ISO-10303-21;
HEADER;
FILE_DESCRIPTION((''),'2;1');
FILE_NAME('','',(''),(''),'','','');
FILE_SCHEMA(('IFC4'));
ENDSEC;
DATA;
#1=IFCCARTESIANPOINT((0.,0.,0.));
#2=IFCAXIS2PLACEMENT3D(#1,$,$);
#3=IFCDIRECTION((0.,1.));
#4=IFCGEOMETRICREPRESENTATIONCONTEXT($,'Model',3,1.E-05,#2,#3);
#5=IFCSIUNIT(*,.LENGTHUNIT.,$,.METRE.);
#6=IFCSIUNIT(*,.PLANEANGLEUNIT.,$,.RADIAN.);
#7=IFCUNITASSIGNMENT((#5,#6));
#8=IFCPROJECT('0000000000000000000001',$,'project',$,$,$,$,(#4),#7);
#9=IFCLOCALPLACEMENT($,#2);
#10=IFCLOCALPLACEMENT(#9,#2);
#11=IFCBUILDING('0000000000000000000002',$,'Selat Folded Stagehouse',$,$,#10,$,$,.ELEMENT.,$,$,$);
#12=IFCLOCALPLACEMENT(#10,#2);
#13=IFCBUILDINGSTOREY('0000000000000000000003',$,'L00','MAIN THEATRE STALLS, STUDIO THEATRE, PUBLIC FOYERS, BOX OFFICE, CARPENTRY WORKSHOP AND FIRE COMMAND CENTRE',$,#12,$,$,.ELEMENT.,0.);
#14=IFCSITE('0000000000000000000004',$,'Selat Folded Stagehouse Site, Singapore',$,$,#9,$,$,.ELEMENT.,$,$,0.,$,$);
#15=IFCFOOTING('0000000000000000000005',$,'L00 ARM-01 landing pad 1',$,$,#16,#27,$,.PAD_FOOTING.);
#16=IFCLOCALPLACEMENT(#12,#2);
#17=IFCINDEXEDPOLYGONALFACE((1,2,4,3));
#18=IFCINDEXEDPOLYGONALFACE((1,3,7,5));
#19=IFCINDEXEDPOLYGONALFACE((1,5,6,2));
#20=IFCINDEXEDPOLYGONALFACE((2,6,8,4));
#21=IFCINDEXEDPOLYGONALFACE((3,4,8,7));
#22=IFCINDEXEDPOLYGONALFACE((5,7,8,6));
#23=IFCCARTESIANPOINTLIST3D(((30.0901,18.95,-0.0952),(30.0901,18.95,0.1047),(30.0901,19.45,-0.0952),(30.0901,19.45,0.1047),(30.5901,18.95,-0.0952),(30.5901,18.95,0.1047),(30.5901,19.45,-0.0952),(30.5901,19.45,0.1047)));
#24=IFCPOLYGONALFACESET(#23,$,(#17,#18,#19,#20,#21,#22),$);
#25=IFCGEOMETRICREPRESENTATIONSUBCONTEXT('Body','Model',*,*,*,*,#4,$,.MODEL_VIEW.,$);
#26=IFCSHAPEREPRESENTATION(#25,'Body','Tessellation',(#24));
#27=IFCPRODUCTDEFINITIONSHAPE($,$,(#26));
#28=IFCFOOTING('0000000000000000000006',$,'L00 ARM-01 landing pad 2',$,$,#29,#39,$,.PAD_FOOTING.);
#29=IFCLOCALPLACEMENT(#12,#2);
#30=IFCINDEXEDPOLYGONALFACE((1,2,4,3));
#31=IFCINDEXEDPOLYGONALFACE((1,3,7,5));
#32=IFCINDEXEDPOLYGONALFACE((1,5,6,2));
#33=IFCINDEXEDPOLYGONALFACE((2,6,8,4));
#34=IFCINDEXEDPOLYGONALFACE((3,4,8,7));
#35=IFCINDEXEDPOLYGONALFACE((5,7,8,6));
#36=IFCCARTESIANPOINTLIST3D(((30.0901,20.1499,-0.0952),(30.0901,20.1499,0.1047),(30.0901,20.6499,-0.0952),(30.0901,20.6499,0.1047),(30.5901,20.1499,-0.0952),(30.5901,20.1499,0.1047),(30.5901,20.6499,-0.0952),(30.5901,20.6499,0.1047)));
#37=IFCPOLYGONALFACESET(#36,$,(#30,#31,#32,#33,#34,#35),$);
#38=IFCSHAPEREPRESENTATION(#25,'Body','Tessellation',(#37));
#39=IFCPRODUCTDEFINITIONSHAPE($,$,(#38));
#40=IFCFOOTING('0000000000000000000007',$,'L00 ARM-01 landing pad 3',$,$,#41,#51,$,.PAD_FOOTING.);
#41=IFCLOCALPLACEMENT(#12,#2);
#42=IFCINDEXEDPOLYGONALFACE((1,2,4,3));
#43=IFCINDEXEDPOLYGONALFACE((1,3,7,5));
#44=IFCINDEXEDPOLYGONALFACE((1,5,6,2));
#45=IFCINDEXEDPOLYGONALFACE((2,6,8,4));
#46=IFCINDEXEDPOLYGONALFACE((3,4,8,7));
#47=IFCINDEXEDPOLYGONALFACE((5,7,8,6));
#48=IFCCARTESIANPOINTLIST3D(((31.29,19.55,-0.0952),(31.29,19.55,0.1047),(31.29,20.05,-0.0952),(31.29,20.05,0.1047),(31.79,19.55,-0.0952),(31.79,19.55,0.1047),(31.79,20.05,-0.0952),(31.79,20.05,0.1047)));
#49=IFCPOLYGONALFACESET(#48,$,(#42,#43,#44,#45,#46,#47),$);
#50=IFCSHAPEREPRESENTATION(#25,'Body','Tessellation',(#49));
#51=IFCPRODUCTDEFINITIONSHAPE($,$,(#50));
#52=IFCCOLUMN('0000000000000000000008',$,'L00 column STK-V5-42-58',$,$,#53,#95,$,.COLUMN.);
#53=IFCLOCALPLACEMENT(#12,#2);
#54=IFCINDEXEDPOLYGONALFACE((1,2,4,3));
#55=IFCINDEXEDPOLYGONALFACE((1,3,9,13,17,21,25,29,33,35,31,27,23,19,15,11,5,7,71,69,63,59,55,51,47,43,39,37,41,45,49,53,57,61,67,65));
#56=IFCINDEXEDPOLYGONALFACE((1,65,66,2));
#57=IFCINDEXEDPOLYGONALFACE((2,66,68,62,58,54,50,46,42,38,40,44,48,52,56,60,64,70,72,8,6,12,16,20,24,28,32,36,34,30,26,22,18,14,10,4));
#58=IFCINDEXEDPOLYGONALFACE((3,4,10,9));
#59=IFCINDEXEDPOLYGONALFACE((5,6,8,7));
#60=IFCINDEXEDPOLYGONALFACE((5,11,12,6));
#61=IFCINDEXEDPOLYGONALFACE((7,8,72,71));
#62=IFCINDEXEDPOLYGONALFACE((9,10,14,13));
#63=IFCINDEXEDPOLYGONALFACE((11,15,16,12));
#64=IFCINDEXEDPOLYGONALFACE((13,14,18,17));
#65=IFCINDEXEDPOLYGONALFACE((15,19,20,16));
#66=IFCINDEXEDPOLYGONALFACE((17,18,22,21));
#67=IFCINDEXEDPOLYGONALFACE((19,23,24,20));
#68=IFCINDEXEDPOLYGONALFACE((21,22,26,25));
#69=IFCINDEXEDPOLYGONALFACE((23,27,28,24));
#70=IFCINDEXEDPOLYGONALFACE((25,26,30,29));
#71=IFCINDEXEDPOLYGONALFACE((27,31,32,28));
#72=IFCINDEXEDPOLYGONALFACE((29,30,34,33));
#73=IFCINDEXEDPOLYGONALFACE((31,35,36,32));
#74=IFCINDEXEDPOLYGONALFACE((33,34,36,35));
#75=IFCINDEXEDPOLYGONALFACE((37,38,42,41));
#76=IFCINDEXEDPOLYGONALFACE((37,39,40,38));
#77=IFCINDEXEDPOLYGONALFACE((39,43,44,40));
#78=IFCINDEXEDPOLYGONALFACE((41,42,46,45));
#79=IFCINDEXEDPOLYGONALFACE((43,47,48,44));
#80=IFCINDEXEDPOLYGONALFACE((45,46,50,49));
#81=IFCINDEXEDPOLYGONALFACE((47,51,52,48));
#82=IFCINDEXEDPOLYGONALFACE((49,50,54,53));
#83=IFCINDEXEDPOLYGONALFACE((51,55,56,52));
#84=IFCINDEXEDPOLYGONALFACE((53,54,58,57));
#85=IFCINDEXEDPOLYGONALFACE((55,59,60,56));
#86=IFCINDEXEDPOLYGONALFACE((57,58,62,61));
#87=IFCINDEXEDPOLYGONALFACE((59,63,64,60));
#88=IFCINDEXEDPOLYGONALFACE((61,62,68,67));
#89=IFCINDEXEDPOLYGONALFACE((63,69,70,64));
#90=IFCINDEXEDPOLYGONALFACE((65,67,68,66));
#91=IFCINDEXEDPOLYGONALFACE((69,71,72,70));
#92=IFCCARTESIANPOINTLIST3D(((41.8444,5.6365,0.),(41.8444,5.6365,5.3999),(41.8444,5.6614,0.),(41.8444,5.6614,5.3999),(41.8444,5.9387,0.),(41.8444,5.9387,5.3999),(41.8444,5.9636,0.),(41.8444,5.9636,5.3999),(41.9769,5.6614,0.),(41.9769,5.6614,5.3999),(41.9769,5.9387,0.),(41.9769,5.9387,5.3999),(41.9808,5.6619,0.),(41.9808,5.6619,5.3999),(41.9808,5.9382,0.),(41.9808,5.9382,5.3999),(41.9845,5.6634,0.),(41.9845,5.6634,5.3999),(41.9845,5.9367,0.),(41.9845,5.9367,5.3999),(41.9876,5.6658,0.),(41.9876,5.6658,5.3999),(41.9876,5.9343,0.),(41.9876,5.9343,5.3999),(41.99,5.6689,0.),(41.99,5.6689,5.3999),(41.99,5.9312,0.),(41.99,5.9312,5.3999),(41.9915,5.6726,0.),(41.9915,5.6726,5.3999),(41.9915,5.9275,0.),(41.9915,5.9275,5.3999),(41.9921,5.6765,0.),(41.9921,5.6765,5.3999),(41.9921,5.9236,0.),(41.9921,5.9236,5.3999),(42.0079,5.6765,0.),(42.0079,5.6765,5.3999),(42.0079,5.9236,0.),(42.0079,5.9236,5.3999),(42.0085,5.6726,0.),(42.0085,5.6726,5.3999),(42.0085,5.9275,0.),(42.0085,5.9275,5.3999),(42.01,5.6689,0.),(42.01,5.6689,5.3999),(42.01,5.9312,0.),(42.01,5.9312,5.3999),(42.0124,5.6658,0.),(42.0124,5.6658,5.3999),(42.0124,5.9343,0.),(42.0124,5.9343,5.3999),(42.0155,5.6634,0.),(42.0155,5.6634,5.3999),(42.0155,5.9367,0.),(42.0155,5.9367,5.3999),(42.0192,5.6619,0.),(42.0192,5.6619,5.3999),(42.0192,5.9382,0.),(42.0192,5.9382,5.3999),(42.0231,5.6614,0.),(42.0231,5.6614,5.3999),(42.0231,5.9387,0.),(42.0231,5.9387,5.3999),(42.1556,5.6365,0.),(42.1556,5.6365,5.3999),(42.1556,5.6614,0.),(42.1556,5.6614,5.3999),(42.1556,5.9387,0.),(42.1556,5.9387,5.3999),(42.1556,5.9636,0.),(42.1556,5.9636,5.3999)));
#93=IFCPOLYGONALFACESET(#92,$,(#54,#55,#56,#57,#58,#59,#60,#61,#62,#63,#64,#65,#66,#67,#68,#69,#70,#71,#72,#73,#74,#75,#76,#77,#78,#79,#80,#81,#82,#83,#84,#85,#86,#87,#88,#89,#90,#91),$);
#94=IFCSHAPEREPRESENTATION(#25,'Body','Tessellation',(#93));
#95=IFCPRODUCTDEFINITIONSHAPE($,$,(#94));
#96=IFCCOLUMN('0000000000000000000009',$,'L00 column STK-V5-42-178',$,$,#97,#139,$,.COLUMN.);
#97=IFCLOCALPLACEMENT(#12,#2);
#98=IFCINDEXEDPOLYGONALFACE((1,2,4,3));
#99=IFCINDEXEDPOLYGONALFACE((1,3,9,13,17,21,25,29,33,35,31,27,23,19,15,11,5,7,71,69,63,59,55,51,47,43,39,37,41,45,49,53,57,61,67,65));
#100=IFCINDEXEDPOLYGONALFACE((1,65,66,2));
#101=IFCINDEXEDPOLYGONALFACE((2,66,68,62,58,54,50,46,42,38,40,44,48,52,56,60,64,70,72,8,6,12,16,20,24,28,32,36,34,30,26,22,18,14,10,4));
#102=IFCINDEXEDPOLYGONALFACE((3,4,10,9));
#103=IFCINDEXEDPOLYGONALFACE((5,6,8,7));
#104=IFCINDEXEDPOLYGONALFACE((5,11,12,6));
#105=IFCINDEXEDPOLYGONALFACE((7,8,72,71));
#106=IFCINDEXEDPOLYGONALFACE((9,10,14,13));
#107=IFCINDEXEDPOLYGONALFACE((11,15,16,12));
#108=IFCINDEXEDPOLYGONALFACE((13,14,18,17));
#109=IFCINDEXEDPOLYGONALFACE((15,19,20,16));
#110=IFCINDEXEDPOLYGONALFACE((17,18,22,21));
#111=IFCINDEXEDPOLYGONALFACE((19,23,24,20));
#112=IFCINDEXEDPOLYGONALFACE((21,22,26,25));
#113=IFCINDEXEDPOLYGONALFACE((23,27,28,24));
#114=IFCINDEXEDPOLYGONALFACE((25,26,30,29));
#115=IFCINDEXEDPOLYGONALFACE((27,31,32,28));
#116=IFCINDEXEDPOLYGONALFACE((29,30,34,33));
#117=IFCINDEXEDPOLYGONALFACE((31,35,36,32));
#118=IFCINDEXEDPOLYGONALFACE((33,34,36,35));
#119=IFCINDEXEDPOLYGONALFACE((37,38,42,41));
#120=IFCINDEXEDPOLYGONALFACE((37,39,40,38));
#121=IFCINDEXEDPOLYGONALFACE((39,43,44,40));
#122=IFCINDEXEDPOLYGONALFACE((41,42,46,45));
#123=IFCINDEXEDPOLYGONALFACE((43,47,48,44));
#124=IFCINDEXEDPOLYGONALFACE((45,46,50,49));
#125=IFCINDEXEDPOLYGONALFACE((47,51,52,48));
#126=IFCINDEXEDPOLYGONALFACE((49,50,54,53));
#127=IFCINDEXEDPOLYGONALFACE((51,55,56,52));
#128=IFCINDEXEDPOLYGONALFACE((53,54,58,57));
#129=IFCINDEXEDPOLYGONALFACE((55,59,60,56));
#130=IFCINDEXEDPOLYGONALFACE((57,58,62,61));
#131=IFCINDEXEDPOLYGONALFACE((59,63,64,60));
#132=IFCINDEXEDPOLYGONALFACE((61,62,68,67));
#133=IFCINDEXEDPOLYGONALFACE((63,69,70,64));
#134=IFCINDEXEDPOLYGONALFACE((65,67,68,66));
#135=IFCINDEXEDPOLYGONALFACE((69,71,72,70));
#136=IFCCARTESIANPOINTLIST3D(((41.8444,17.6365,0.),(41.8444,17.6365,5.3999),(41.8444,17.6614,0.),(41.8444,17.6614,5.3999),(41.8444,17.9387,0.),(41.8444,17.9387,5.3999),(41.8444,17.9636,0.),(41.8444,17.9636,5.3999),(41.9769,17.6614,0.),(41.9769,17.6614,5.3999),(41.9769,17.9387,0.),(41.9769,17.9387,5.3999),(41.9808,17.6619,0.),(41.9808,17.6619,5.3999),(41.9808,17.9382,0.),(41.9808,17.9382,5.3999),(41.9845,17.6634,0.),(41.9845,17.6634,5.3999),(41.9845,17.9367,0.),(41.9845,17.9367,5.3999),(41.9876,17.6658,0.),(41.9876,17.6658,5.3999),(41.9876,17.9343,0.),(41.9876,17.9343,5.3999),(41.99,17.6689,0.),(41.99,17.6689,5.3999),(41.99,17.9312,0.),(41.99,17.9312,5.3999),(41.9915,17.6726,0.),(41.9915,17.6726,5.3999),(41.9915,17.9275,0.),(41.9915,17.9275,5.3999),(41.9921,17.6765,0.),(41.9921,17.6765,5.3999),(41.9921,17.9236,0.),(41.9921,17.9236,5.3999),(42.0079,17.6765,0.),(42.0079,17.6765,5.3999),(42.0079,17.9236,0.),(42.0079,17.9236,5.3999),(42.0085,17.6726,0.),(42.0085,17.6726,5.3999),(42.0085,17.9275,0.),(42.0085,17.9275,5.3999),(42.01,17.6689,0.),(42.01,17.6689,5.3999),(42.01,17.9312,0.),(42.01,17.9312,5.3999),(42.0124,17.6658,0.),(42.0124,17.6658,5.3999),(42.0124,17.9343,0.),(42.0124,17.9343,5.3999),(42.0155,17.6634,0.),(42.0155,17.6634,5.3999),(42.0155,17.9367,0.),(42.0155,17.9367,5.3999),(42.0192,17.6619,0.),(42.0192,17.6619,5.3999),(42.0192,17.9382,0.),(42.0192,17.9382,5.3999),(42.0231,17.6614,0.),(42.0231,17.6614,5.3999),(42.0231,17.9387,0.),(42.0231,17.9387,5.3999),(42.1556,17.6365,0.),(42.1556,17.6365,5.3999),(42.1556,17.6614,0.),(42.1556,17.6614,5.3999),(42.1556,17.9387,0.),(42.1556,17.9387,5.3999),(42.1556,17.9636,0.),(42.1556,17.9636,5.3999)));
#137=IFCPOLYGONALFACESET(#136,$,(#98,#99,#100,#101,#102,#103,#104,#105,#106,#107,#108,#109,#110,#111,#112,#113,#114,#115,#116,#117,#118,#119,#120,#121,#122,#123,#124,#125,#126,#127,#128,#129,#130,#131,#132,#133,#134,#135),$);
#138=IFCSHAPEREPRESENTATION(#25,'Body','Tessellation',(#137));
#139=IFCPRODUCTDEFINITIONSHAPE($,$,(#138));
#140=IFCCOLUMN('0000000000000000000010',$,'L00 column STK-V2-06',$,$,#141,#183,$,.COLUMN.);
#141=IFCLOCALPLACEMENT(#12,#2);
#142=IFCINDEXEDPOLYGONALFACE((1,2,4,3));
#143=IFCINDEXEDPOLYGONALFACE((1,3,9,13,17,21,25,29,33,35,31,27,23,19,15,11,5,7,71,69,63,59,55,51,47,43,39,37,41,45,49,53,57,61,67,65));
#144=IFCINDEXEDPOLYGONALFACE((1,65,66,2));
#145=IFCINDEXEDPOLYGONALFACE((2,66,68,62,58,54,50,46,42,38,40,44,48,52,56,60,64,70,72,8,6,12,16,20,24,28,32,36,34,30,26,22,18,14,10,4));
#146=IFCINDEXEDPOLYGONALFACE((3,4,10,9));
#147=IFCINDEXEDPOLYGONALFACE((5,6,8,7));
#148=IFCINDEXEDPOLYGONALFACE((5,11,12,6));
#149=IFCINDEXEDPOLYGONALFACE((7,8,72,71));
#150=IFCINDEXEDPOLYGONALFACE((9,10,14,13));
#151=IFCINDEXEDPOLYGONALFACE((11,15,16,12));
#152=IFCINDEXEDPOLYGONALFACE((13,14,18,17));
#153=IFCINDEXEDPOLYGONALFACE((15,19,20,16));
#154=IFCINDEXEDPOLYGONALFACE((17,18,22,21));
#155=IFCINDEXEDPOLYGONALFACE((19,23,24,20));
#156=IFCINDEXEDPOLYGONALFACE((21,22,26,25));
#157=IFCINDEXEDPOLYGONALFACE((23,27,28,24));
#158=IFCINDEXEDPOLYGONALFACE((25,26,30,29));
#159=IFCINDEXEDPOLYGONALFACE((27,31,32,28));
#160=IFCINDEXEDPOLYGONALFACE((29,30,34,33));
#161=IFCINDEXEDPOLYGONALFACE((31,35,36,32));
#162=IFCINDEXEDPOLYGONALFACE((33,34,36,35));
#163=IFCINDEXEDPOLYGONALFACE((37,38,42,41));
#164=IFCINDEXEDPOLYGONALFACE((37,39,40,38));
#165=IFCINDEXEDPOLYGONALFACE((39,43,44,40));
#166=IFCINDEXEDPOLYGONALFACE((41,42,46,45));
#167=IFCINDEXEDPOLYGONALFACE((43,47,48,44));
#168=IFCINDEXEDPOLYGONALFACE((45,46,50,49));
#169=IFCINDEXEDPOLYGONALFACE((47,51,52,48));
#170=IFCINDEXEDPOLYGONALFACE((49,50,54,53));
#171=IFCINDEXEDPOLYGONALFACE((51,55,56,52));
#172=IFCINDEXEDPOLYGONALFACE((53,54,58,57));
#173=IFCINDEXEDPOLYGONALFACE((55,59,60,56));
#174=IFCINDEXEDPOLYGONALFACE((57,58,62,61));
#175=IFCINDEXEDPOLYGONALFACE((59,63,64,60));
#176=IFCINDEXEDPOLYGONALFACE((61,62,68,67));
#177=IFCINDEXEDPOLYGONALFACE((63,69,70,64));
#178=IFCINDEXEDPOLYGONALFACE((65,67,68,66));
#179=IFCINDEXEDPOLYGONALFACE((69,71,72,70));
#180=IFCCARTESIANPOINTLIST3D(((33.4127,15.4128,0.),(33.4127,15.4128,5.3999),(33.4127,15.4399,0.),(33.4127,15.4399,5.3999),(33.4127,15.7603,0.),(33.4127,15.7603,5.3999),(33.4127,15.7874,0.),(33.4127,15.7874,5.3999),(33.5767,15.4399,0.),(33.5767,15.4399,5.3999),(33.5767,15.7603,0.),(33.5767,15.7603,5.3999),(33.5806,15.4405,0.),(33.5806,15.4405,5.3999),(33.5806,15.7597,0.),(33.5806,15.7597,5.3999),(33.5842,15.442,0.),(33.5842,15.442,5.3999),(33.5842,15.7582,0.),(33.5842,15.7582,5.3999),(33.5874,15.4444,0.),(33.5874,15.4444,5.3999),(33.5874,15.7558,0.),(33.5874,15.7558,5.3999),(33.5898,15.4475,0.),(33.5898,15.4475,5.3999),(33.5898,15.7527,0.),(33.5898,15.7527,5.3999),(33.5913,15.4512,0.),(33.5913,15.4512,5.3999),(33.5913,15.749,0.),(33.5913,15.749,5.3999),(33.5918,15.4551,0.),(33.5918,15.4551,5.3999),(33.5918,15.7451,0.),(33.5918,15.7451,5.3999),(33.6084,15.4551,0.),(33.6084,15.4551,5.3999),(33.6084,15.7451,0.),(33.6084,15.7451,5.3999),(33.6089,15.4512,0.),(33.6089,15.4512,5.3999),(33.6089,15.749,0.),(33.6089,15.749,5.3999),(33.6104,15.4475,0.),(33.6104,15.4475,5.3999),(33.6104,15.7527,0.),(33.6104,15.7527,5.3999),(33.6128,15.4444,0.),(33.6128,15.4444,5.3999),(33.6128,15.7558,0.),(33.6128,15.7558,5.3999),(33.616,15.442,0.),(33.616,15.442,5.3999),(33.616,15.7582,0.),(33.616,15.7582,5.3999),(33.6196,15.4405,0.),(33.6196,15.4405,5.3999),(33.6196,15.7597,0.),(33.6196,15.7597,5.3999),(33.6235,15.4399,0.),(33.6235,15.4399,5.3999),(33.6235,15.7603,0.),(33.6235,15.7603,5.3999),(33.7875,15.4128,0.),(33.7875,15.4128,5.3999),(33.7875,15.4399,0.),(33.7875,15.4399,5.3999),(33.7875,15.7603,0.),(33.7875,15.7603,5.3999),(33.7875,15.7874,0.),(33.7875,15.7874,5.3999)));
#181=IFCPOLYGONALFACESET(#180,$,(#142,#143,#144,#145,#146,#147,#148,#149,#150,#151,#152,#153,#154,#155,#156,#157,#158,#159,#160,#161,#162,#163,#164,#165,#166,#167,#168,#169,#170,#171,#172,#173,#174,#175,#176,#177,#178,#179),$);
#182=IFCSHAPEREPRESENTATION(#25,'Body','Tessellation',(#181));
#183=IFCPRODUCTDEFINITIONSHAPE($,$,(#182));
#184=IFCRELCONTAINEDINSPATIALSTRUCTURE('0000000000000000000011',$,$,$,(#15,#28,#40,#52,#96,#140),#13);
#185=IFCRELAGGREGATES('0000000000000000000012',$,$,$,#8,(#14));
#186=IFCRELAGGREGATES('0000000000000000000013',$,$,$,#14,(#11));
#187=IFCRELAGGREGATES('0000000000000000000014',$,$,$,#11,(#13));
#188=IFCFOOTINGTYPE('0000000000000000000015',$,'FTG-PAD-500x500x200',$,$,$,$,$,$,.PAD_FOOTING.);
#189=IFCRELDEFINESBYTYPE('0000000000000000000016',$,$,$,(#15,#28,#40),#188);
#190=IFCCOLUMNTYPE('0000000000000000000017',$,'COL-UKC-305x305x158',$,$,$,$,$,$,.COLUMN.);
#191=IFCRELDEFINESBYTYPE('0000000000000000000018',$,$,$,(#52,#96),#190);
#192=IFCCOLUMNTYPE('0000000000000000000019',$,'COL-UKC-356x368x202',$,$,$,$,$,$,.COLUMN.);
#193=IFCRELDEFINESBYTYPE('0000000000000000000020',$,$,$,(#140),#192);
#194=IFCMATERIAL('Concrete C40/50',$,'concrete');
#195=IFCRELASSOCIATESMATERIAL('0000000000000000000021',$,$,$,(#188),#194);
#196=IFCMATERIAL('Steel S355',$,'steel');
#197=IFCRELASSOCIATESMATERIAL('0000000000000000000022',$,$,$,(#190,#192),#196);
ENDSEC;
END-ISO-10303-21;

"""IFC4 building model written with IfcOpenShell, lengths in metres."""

from ifc_helpers import new_model, si_unit, direction, frame, origin, origin_2d, place, context, subcontext, project, spatial, rectangle, i_section, extrude, material, material_profile, profile_set, type_object, element, save


model = new_model("IFC4")

# Units and contexts
model_context = context("Model", 3, precision=1e-05, world=origin(), true_north=direction((0.0, 1.0)))
body_context = subcontext(model_context, "Body", "Model", "MODEL_VIEW")
ifc_project = project(units=[si_unit("LENGTHUNIT", "METRE"), si_unit("PLANEANGLEUNIT", "RADIAN")], contexts=[model_context])

# Site, building, storey
site_placement = place(None, origin())
site = spatial("IfcSite", under=ifc_project, at=site_placement, Name="Selat Folded Stagehouse Site, Singapore", CompositionType="ELEMENT", RefElevation=0.0)
building_placement = place(site_placement, origin())
building = spatial("IfcBuilding", under=site, at=building_placement, Name="Selat Folded Stagehouse", CompositionType="ELEMENT")
storey_placement = place(building_placement, origin())
storey = spatial("IfcBuildingStorey", under=building, at=storey_placement, Name="L00", Description="MAIN THEATRE STALLS, STUDIO THEATRE, PUBLIC FOYERS, BOX OFFICE, CARPENTRY WORKSHOP AND FIRE COMMAND CENTRE", CompositionType="ELEMENT", Elevation=0.0)

# Footings
ifc_material_1 = material(Name="Concrete C40/50", Category="concrete")
footing_type = type_object("IfcFootingType", Name="FTG-PAD-500x500x200", PredefinedType="PAD_FOOTING", material=ifc_material_1)
for number, where, z_axis, x_axis, name in (
    (1, (30.3401, 19.2, -0.0952), (0.0, 0.0, 1.0), (1.0, 0.0, 0.0), "L00 ARM-01 landing pad 1"),
    (2, (30.3401, 20.3999, -0.0952), (0.0, 0.0, 1.0), (1.0, 0.0, 0.0), "L00 ARM-01 landing pad 2"),
    (3, (31.54, 19.8, -0.0952), (0.0, 0.0, 1.0), (1.0, 0.0, 0.0), "L00 ARM-01 landing pad 3"),
):
    element("IfcFooting", number, at=place(storey_placement, frame(where, z_axis=z_axis, x_axis=x_axis)), inside=storey, type_object=footing_type, Name=name, PredefinedType="PAD_FOOTING", context=body_context, shape_type="SweptSolid", body=[
        extrude(rectangle(XDim=0.5, YDim=0.5, at=origin_2d()), origin(), (0.0, 0.0, 1.0), 0.2),
    ])

# Columns
ifc_material_2 = material(Name="Steel S355", Category="steel")
ifc_material_profile_1 = material_profile(ifc_material_2, i_section(OverallWidth=0.3113, OverallDepth=0.3271, WebThickness=0.0159, FlangeThickness=0.0249, FilletRadius=0.0151, at=origin_2d()), Name="UKC 305x305x158")
ifc_profile_set_1 = profile_set([ifc_material_profile_1], Name="Steel S355")
column_type_1 = type_object("IfcColumnType", Name="COL-UKC-305x305x158", PredefinedType="COLUMN", material=ifc_profile_set_1)
for number, where, z_axis, x_axis, name in (
    (4, (42.0, 5.8, 0.0), (0.0, 0.0, 1.0), (1.0, 0.0, 0.0), "L00 column STK-V5-42-58"),
    (5, (42.0, 17.8, 0.0), (0.0, 0.0, 1.0), (1.0, 0.0, 0.0), "L00 column STK-V5-42-178"),
):
    element("IfcColumn", number, at=place(storey_placement, frame(where, z_axis=z_axis, x_axis=x_axis)), inside=storey, type_object=column_type_1, Name=name, PredefinedType="COLUMN", context=body_context, shape_type="SweptSolid", body=[
        extrude(i_section(OverallWidth=0.3113, OverallDepth=0.3271, WebThickness=0.0159, FlangeThickness=0.0249, FilletRadius=0.0151, at=origin_2d()), origin(), (0.0, 0.0, 1.0), 5.3999),
    ])
ifc_material_profile_2 = material_profile(ifc_material_2, i_section(OverallWidth=0.3748, OverallDepth=0.3745, WebThickness=0.0166, FlangeThickness=0.0271, FilletRadius=0.0151, at=origin_2d()), Name="UKC 356x368x202")
ifc_profile_set_2 = profile_set([ifc_material_profile_2], Name="Steel S355")
column_type_2 = type_object("IfcColumnType", Name="COL-UKC-356x368x202", PredefinedType="COLUMN", material=ifc_profile_set_2)
for number, where, z_axis, x_axis, name in (
    (6, (33.6001, 15.6001, 0.0), (0.0, 0.0, 1.0), (1.0, 0.0, 0.0), "L00 column STK-V2-06"),
):
    element("IfcColumn", number, at=place(storey_placement, frame(where, z_axis=z_axis, x_axis=x_axis)), inside=storey, type_object=column_type_2, Name=name, PredefinedType="COLUMN", context=body_context, shape_type="SweptSolid", body=[
        extrude(i_section(OverallWidth=0.3748, OverallDepth=0.3745, WebThickness=0.0166, FlangeThickness=0.0271, FilletRadius=0.0151, at=origin_2d()), origin(), (0.0, 0.0, 1.0), 5.3999),
    ])

save(model, "model.ifc")
